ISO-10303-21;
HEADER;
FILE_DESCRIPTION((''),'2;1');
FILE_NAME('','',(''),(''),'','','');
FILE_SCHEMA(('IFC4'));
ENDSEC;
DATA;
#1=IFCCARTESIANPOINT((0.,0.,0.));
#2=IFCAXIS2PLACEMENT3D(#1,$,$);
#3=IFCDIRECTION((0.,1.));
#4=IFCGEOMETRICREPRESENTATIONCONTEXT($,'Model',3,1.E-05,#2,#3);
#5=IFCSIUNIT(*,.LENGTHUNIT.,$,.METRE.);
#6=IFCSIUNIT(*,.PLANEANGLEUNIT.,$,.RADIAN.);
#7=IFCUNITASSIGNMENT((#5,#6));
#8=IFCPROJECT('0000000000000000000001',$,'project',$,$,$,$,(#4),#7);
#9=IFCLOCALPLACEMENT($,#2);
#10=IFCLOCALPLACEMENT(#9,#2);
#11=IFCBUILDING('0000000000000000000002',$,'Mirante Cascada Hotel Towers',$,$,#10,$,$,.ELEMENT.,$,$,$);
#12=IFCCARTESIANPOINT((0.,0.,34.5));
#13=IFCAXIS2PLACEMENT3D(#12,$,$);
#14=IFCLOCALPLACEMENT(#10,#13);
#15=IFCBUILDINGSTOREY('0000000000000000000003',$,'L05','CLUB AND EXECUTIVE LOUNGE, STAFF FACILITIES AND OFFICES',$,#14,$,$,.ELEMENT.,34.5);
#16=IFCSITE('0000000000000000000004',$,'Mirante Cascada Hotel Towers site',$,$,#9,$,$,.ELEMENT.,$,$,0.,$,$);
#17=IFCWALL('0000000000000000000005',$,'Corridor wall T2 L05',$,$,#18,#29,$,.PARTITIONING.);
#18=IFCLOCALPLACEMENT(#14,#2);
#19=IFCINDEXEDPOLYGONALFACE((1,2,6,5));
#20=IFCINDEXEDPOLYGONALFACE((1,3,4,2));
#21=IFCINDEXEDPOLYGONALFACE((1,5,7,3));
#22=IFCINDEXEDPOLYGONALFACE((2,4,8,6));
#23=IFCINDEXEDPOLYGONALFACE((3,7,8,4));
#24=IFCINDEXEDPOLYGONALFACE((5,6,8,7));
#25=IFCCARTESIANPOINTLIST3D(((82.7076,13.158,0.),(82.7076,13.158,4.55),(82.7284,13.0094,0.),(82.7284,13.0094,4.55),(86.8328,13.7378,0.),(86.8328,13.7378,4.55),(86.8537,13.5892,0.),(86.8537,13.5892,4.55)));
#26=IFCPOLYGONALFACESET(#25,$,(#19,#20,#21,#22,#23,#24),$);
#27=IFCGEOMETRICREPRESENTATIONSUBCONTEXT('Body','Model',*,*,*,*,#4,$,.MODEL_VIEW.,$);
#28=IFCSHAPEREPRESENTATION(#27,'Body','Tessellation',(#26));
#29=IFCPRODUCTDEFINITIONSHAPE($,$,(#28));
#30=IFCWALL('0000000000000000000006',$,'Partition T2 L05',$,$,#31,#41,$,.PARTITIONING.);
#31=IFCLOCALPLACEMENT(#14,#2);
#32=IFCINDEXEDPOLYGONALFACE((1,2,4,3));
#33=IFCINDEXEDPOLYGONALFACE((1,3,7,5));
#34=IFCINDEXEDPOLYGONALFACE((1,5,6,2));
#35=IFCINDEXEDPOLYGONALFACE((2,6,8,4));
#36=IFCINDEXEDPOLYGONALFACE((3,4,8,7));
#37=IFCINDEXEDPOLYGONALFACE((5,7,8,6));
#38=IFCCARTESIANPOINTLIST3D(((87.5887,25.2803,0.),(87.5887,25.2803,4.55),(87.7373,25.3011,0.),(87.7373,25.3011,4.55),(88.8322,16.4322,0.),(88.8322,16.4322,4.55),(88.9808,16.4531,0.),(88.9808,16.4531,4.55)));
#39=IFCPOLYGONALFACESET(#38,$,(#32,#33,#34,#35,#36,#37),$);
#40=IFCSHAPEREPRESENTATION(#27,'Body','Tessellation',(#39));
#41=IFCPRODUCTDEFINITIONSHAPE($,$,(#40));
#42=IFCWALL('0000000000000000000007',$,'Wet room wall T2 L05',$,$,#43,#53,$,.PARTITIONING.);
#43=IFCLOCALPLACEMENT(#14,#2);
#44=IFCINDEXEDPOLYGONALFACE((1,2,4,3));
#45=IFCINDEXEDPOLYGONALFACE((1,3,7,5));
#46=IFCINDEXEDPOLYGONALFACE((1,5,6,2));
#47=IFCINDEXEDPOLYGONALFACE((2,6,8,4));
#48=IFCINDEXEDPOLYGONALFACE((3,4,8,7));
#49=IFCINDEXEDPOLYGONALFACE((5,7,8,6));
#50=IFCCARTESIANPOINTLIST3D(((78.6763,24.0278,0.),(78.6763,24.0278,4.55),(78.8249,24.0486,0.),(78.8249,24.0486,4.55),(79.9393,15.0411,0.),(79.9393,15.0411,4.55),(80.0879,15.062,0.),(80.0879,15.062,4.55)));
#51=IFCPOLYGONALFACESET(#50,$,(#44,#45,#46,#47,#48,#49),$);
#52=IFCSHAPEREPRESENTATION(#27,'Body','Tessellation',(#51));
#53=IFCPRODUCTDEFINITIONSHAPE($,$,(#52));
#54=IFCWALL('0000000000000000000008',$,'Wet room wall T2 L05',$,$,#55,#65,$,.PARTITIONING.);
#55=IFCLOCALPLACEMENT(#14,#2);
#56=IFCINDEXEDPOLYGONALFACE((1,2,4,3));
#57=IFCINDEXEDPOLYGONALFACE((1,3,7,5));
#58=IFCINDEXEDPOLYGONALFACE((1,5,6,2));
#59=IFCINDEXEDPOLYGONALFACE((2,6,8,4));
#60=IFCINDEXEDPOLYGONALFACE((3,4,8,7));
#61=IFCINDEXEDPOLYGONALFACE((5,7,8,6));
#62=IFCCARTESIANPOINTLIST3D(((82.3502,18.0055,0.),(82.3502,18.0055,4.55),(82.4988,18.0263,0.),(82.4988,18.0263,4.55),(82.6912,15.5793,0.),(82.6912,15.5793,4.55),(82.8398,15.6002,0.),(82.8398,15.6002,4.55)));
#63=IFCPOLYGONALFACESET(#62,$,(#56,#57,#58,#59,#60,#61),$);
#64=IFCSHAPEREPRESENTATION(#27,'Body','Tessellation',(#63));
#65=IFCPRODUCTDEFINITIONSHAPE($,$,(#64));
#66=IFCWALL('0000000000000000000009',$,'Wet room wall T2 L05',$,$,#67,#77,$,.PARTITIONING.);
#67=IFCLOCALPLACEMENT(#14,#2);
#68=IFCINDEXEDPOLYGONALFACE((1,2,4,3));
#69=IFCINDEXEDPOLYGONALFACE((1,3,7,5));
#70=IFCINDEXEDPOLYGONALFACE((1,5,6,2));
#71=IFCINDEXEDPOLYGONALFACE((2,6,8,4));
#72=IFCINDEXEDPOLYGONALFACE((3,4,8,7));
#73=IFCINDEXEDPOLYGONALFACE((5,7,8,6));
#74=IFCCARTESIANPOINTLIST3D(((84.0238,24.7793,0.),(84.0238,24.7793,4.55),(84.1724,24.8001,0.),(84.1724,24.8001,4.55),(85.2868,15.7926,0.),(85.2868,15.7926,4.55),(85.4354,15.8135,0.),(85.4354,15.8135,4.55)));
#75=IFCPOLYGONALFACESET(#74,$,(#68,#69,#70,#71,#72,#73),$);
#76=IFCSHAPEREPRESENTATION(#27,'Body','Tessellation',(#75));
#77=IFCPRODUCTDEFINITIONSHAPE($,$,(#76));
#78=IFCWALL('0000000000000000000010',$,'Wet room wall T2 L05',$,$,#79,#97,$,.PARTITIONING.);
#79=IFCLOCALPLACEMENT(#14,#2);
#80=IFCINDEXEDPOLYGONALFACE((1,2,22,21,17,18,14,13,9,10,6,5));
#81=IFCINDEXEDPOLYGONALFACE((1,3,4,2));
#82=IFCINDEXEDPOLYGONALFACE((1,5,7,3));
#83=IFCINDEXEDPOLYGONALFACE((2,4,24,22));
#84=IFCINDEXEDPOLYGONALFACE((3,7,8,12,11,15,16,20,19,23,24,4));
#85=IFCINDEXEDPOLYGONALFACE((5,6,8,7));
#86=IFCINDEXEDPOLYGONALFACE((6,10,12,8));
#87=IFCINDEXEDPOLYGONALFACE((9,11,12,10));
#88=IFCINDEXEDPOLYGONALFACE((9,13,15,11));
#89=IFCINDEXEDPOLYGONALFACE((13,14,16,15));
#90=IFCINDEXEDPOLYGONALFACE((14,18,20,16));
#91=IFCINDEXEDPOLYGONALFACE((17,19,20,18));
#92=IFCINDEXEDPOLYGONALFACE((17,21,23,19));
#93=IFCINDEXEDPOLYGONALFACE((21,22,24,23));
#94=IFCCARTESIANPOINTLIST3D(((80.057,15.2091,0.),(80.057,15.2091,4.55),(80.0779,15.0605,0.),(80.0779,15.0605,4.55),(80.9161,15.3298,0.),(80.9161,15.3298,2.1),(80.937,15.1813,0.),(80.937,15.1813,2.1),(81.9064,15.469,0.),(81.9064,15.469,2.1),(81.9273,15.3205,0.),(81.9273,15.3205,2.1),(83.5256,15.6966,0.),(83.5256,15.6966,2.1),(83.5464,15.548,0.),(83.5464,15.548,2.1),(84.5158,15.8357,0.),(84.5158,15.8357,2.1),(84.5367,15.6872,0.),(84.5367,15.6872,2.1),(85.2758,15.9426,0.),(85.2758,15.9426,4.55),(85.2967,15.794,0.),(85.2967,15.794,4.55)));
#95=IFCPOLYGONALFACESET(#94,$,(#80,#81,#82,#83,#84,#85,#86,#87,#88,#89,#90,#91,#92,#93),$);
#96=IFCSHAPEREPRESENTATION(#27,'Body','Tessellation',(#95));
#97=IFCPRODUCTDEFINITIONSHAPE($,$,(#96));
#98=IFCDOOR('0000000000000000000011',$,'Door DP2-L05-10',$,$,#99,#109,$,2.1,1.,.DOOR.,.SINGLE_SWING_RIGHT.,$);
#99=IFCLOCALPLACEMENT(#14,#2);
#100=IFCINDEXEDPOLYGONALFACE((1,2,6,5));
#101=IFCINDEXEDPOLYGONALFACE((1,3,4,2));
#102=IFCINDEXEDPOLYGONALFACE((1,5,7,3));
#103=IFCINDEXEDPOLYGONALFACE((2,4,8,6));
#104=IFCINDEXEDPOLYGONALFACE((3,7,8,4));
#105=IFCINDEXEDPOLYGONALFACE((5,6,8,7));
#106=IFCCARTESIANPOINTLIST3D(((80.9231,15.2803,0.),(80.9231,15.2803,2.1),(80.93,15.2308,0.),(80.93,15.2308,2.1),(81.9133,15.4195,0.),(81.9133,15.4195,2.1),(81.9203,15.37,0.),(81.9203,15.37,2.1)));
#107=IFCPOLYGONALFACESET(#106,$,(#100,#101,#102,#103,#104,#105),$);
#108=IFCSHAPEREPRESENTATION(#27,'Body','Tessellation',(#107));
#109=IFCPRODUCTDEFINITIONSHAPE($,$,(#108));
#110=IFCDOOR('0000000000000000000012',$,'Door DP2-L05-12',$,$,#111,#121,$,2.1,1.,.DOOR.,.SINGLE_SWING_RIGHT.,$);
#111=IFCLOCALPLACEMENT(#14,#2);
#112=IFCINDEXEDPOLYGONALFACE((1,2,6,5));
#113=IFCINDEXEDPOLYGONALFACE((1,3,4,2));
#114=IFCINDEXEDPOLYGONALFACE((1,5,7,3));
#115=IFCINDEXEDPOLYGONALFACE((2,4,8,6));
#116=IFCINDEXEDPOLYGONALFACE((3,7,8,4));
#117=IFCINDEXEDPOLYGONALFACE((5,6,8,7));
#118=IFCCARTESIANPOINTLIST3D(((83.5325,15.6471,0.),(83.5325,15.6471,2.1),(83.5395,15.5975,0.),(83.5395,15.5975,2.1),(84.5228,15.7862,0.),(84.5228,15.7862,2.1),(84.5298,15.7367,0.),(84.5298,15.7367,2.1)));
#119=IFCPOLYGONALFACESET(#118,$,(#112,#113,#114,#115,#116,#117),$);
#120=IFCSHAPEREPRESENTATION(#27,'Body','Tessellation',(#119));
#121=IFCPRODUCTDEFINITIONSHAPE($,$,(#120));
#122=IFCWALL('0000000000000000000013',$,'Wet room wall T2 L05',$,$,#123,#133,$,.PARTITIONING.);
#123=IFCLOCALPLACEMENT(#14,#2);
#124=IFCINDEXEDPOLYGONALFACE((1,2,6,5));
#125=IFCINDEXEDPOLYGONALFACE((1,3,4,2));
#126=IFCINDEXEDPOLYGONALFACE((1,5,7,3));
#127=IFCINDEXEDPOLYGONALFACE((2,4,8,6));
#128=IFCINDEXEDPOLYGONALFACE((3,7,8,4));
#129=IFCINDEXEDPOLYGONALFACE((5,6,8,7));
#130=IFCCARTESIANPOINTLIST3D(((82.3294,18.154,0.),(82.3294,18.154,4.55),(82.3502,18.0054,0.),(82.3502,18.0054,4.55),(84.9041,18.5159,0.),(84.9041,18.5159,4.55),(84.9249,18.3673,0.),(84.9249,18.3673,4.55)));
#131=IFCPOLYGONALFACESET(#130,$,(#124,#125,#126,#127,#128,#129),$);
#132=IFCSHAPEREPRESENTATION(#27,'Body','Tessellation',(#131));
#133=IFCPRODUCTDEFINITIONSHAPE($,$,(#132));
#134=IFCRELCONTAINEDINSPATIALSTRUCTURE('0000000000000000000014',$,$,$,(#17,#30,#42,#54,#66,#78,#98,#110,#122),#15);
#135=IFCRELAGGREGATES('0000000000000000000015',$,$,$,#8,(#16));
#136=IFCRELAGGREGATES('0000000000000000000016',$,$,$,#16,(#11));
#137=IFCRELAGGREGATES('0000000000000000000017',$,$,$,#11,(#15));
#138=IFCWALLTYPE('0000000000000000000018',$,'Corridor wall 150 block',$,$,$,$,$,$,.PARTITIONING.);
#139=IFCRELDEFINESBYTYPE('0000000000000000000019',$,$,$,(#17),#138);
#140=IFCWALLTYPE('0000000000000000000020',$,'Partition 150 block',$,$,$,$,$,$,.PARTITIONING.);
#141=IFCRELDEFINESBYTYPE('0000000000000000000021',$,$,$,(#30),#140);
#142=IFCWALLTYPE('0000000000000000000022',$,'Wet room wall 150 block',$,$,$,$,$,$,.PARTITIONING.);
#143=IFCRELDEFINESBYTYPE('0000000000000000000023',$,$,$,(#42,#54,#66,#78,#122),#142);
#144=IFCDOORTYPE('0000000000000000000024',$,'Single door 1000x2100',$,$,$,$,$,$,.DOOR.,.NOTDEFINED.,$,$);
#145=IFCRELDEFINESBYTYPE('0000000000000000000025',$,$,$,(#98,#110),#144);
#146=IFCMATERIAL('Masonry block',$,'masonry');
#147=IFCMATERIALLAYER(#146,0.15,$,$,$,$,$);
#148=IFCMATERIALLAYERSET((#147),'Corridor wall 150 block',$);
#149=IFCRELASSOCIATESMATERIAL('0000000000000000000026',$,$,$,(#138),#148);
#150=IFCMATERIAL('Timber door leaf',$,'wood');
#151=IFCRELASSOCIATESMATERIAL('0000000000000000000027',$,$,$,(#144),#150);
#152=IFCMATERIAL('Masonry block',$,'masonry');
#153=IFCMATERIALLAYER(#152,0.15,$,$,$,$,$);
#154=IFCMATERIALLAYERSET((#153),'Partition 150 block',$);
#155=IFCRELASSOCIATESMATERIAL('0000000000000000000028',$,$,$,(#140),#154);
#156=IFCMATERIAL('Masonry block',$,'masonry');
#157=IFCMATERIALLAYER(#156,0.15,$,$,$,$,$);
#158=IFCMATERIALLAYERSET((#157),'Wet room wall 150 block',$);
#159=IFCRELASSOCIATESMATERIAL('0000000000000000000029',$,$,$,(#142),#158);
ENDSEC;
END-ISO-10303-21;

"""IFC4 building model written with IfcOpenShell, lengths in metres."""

from ifc_helpers import new_model, si_unit, direction, frame, frame_2d, origin, place, context, subcontext, project, spatial, rectangle, extrude, material, layer, layer_set, type_object, element, fill, save


model = new_model("IFC4")

# Units and contexts
model_context = context("Model", 3, precision=1e-05, world=origin(), true_north=direction((0.0, 1.0)))
body_context = subcontext(model_context, "Body", "Model", "MODEL_VIEW")
ifc_project = project(units=[si_unit("LENGTHUNIT", "METRE"), si_unit("PLANEANGLEUNIT", "RADIAN")], contexts=[model_context])

# Site, building, storey
site_placement = place(None, origin())
site = spatial("IfcSite", under=ifc_project, at=site_placement, Name="Mirante Cascada Hotel Towers site", CompositionType="ELEMENT", RefElevation=0.0)
building_placement = place(site_placement, origin())
building = spatial("IfcBuilding", under=site, at=building_placement, Name="Mirante Cascada Hotel Towers", CompositionType="ELEMENT")
storey_placement = place(building_placement, frame((0.0, 0.0, 34.5)))
storey = spatial("IfcBuildingStorey", under=building, at=storey_placement, Name="L05", Description="CLUB AND EXECUTIVE LOUNGE, STAFF FACILITIES AND OFFICES", CompositionType="ELEMENT", Elevation=34.5)

# Shared definitions
ifc_material_1 = material(Name="Masonry block", Category="masonry")
ifc_layer_1 = layer(ifc_material_1, 0.15)
ifc_layer_set_1 = layer_set([ifc_layer_1], Name="Corridor wall 150 block")
wall_type_1 = type_object("IfcWallType", Name="Corridor wall 150 block", PredefinedType="PARTITIONING", material=ifc_layer_set_1)

# Shared definitions
ifc_material_2 = material(Name="Timber door leaf", Category="wood")
door_type = type_object("IfcDoorType", Name="Single door 1000x2100", OperationType="NOTDEFINED", PredefinedType="DOOR", material=ifc_material_2)

# Walls
wall_1_placement = place(storey_placement, frame((82.718, 13.0837, 0.0), z_axis=(0.0, 0.0, 1.0), x_axis=(0.990267, 0.139179, 0.0)))
element("IfcWall", 1, at=wall_1_placement, inside=storey, type_object=wall_type_1, Name="Corridor wall T2 L05", PredefinedType="PARTITIONING", context=body_context, shape_type="SweptSolid", body=[
    extrude(rectangle(XDim=4.1658, YDim=0.15, at=frame_2d((2.0829, 0.0))), origin(), (0.0, 0.0, 1.0), 4.55),
])
ifc_material_3 = material(Name="Masonry block", Category="masonry")
ifc_layer_2 = layer(ifc_material_3, 0.15)
ifc_layer_set_2 = layer_set([ifc_layer_2], Name="Partition 150 block")
wall_type_2 = type_object("IfcWallType", Name="Partition 150 block", PredefinedType="PARTITIONING", material=ifc_layer_set_2)
wall_2_placement = place(storey_placement, frame((87.663, 25.2907, 0.0), z_axis=(0.0, 0.0, 1.0), x_axis=(0.139173, -0.990268, 0.0)))
element("IfcWall", 2, at=wall_2_placement, inside=storey, type_object=wall_type_2, Name="Partition T2 L05", PredefinedType="PARTITIONING", context=body_context, shape_type="SweptSolid", body=[
    extrude(rectangle(XDim=8.935, YDim=0.15, at=frame_2d((4.4675, 0.0))), origin(), (0.0, 0.0, 1.0), 4.55),
])
ifc_material_4 = material(Name="Masonry block", Category="masonry")
ifc_layer_3 = layer(ifc_material_4, 0.15)
ifc_layer_set_3 = layer_set([ifc_layer_3], Name="Wet room wall 150 block")
wall_type_3 = type_object("IfcWallType", Name="Wet room wall 150 block", PredefinedType="PARTITIONING", material=ifc_layer_set_3)
wall_3_placement = place(storey_placement, frame((78.7506, 24.0382, 0.0), z_axis=(0.0, 0.0, 1.0), x_axis=(0.139173, -0.990268, 0.0)))
element("IfcWall", 3, at=wall_3_placement, inside=storey, type_object=wall_type_3, Name="Wet room wall T2 L05", PredefinedType="PARTITIONING", context=body_context, shape_type="SweptSolid", body=[
    extrude(rectangle(XDim=9.075, YDim=0.15, at=frame_2d((4.5375, 0.0))), origin(), (0.0, 0.0, 1.0), 4.55),
])
wall_4_placement = place(storey_placement, frame((82.4245, 18.0159, 0.0), z_axis=(0.0, 0.0, 1.0), x_axis=(0.139181, -0.990267, 0.0)))
element("IfcWall", 4, at=wall_4_placement, inside=storey, type_object=wall_type_3, Name="Wet room wall T2 L05", PredefinedType="PARTITIONING", context=body_context, shape_type="SweptSolid", body=[
    extrude(rectangle(XDim=2.45, YDim=0.15, at=frame_2d((1.225, 0.0))), origin(), (0.0, 0.0, 1.0), 4.55),
])
wall_5_placement = place(storey_placement, frame((84.0981, 24.7897, 0.0), z_axis=(0.0, 0.0, 1.0), x_axis=(0.139173, -0.990268, 0.0)))
element("IfcWall", 5, at=wall_5_placement, inside=storey, type_object=wall_type_3, Name="Wet room wall T2 L05", PredefinedType="PARTITIONING", context=body_context, shape_type="SweptSolid", body=[
    extrude(rectangle(XDim=9.075, YDim=0.15, at=frame_2d((4.5375, 0.0))), origin(), (0.0, 0.0, 1.0), 4.55),
])

# Wall, openings, doors
wall_6_placement = place(storey_placement, frame((80.0675, 15.1348, 0.0), z_axis=(0.0, 0.0, 1.0), x_axis=(0.990267, 0.139182, 0.0)))
wall_6 = element("IfcWall", 6, at=wall_6_placement, inside=storey, type_object=wall_type_3, Name="Wet room wall T2 L05", PredefinedType="PARTITIONING", context=body_context, shape_type="SweptSolid", body=[
    extrude(rectangle(XDim=5.2701, YDim=0.15, at=frame_2d((2.635, 0.0))), origin(), (0.0, 0.0, 1.0), 4.55),
])
opening_1_placement = place(wall_6_placement, frame((0.8675, 0.0, 0.0)))
opening_1 = element("IfcOpeningElement", 7, at=opening_1_placement, cuts=wall_6, PredefinedType="OPENING", context=body_context, shape_type="SweptSolid", body=[
    extrude(rectangle(XDim=1.0, YDim=2.1, at=frame_2d((0.5, 1.05))), frame((0.0, 0.075, 0.0), z_axis=(0.0, -1.0, 0.0), x_axis=(1.0, 0.0, 0.0)), (0.0, 0.0, 1.0), 0.15),
])
opening_2_placement = place(wall_6_placement, frame((3.5026, 0.0, 0.0)))
opening_2 = element("IfcOpeningElement", 8, at=opening_2_placement, cuts=wall_6, PredefinedType="OPENING", context=body_context, shape_type="SweptSolid", body=[
    extrude(rectangle(XDim=1.0, YDim=2.1, at=frame_2d((0.5, 1.05))), frame((0.0, 0.075, 0.0), z_axis=(0.0, -1.0, 0.0), x_axis=(1.0, 0.0, 0.0)), (0.0, 0.0, 1.0), 0.15),
])
door_1_placement = place(opening_1_placement, origin())
door_1 = element("IfcDoor", 9, at=door_1_placement, inside=storey, type_object=door_type, Name="Door DP2-L05-10", OperationType="SINGLE_SWING_RIGHT", OverallHeight=2.1, OverallWidth=1.0, PredefinedType="DOOR", context=body_context, shape_type="SweptSolid", body=[
    extrude(rectangle(XDim=1.0, YDim=2.1, at=frame_2d((0.5, 1.05))), frame((0.0, 0.025, 0.0), z_axis=(0.0, -1.0, 0.0), x_axis=(1.0, 0.0, 0.0)), (0.0, 0.0, 1.0), 0.05),
])
fill(opening_1, door_1)
door_2_placement = place(opening_2_placement, origin())
door_2 = element("IfcDoor", 10, at=door_2_placement, inside=storey, type_object=door_type, Name="Door DP2-L05-12", OperationType="SINGLE_SWING_RIGHT", OverallHeight=2.1, OverallWidth=1.0, PredefinedType="DOOR", context=body_context, shape_type="SweptSolid", body=[
    extrude(rectangle(XDim=1.0, YDim=2.1, at=frame_2d((0.5, 1.05))), frame((0.0, 0.025, 0.0), z_axis=(0.0, -1.0, 0.0), x_axis=(1.0, 0.0, 0.0)), (0.0, 0.0, 1.0), 0.05),
])
fill(opening_2, door_2)

# Wall
wall_7_placement = place(storey_placement, frame((82.3398, 18.0797, 0.0), z_axis=(0.0, 0.0, 1.0), x_axis=(0.990265, 0.139192, 0.0)))
element("IfcWall", 11, at=wall_7_placement, inside=storey, type_object=wall_type_3, Name="Wet room wall T2 L05", PredefinedType="PARTITIONING", context=body_context, shape_type="SweptSolid", body=[
    extrude(rectangle(XDim=2.6, YDim=0.15, at=frame_2d((1.3, 0.0))), origin(), (0.0, 0.0, 1.0), 4.55),
])

save(model, "model.ifc")
